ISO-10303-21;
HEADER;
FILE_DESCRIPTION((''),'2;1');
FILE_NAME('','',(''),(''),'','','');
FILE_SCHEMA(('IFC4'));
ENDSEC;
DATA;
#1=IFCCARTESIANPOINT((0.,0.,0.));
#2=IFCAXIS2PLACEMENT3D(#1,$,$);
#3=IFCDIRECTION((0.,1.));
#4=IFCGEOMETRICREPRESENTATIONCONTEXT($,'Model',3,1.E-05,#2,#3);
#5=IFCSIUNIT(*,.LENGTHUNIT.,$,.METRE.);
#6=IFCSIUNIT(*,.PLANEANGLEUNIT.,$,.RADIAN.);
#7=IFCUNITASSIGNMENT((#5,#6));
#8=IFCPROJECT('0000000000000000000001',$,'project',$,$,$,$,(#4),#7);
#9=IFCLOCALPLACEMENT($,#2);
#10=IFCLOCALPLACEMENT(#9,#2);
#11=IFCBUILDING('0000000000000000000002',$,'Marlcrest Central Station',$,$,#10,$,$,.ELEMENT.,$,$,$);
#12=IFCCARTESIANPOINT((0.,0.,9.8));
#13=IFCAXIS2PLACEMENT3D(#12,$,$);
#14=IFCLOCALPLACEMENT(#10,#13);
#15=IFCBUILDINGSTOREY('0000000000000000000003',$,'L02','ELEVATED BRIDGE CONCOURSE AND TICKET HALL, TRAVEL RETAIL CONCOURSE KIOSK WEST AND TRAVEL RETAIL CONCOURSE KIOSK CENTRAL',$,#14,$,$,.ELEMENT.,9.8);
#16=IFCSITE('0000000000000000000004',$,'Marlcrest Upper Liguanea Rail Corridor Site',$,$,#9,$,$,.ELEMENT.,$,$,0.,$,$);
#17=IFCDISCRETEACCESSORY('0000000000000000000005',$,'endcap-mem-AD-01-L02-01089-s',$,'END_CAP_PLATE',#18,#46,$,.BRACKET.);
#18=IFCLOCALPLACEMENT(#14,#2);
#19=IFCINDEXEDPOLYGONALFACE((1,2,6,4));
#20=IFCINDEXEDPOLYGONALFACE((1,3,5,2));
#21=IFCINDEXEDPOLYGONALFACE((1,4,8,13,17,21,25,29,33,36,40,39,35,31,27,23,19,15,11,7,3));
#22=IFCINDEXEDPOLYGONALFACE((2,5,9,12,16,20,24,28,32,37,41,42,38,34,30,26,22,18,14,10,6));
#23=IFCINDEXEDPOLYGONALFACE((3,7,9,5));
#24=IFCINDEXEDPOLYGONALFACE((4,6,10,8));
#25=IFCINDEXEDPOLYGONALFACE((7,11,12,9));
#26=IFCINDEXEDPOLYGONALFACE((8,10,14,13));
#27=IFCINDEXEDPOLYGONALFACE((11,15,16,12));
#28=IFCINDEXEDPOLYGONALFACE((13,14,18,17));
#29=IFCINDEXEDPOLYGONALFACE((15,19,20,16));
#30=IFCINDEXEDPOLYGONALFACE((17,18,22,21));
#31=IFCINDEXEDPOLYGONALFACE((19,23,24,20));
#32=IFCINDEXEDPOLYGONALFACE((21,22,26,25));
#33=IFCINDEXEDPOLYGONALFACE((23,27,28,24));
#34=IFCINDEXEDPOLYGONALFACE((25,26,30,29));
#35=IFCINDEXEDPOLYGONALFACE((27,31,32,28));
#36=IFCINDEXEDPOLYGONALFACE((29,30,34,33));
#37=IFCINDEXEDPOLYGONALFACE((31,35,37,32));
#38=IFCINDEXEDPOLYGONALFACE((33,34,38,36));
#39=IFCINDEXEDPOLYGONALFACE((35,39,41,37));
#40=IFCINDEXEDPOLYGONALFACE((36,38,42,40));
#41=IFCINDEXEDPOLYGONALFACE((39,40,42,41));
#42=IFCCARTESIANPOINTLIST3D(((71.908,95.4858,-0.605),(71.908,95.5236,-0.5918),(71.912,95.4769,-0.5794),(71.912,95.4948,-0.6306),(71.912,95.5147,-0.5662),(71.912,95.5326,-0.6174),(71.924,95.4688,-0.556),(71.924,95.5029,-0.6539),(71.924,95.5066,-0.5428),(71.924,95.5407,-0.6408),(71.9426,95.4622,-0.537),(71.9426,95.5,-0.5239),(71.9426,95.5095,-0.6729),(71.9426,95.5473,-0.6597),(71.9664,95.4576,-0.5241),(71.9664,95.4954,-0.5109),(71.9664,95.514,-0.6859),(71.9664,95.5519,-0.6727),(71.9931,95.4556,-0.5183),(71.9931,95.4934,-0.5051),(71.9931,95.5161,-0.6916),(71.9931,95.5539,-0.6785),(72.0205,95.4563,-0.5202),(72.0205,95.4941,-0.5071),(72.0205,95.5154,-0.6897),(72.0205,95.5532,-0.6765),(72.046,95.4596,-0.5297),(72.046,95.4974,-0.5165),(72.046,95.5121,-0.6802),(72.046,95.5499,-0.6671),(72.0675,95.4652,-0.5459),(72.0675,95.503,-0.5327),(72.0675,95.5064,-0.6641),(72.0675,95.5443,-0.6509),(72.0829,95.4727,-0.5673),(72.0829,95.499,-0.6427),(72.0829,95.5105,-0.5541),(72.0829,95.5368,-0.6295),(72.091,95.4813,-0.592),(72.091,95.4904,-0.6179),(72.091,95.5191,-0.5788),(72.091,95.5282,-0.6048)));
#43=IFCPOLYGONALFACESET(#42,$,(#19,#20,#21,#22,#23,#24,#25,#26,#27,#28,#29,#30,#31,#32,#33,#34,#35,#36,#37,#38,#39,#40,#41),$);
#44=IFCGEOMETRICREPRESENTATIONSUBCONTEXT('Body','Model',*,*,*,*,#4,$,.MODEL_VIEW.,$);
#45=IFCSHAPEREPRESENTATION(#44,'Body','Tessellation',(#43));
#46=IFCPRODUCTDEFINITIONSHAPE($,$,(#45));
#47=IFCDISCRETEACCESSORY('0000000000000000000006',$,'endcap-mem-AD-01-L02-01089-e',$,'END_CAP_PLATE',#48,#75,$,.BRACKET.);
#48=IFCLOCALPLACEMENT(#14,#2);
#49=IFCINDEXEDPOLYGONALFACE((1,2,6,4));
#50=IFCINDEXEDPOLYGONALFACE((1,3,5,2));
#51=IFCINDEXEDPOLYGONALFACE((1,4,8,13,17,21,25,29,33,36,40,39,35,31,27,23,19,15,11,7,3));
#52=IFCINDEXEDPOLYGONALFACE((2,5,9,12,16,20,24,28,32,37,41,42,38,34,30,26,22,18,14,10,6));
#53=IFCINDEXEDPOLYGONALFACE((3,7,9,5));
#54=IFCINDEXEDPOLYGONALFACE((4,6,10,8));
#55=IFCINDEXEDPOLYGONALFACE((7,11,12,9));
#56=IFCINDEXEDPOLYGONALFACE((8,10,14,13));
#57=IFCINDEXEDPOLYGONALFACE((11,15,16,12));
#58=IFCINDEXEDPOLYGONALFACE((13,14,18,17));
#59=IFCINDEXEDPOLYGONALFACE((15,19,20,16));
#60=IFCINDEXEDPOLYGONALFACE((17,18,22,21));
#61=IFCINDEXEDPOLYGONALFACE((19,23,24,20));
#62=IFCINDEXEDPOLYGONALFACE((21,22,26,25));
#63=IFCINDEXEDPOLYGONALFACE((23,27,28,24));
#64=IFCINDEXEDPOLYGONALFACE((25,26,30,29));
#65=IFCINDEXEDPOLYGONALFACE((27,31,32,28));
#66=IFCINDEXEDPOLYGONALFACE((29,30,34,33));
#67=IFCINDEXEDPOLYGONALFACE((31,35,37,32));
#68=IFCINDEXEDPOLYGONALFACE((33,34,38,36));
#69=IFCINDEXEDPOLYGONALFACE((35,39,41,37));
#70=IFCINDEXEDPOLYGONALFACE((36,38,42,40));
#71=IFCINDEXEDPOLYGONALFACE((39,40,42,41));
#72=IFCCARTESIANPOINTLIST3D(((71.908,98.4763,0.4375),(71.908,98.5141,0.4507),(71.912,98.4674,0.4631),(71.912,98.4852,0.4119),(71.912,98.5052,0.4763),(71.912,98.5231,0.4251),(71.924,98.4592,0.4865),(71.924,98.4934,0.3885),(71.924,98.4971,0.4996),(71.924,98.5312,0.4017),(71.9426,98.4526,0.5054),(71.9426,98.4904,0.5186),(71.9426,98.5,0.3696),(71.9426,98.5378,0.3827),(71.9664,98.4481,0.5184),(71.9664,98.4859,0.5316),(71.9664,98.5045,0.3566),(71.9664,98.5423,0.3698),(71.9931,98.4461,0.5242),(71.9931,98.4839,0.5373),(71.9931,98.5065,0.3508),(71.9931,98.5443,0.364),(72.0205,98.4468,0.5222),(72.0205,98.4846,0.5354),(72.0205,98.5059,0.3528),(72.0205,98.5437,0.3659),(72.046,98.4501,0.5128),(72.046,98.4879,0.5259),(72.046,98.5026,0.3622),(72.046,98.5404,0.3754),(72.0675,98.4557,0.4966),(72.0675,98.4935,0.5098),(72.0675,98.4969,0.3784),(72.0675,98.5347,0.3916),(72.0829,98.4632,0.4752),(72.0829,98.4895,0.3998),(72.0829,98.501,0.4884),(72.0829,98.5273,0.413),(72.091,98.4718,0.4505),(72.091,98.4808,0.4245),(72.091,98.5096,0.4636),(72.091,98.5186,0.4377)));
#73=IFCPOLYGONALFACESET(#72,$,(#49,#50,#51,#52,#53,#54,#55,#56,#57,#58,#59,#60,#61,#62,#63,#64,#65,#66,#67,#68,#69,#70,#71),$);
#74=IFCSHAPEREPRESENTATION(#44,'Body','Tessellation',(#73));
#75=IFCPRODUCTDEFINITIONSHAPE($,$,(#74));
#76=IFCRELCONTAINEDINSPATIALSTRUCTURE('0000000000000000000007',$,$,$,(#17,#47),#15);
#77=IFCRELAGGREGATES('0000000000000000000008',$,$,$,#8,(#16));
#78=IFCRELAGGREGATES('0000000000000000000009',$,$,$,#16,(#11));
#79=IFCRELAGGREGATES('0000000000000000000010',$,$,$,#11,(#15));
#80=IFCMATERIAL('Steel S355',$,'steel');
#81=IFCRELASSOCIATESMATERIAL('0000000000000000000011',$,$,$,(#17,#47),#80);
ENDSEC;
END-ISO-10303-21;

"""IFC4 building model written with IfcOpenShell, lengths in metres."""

from ifc_helpers import new_model, si_unit, direction, frame, origin, origin_2d, place, context, subcontext, project, spatial, circle, extrude, material, element, save


model = new_model("IFC4")

# Units and contexts
model_context = context("Model", 3, precision=1e-05, world=origin(), true_north=direction((0.0, 1.0)))
body_context = subcontext(model_context, "Body", "Model", "MODEL_VIEW")
ifc_project = project(units=[si_unit("LENGTHUNIT", "METRE"), si_unit("PLANEANGLEUNIT", "RADIAN")], contexts=[model_context])

# Site, building, storey
site_placement = place(None, origin())
site = spatial("IfcSite", under=ifc_project, at=site_placement, Name="Marlcrest Upper Liguanea Rail Corridor Site", CompositionType="ELEMENT", RefElevation=0.0)
building_placement = place(site_placement, origin())
building = spatial("IfcBuilding", under=site, at=building_placement, Name="Marlcrest Central Station", CompositionType="ELEMENT")
storey_placement = place(building_placement, frame((0.0, 0.0, 9.8)))
storey = spatial("IfcBuildingStorey", under=building, at=storey_placement, Name="L02", Description="ELEVATED BRIDGE CONCOURSE AND TICKET HALL, TRAVEL RETAIL CONCOURSE KIOSK WEST AND TRAVEL RETAIL CONCOURSE KIOSK CENTRAL", CompositionType="ELEMENT", Elevation=9.8)

# Shared definitions
ifc_material_1 = material(Name="Steel S355", Category="steel")

# Discrete accessories
for number, where, z_axis, x_axis, name in (
    (1, (72.0, 95.4858, -0.605), (0.0, 0.94426, 0.3292), (-1.0, 0.0, 0.0), "endcap-mem-AD-01-L02-01089-s"),
    (2, (72.0, 98.4763, 0.4375), (0.0, 0.94426, 0.3292), (-1.0, 0.0, 0.0), "endcap-mem-AD-01-L02-01089-e"),
):
    element("IfcDiscreteAccessory", number, at=place(storey_placement, frame(where, z_axis=z_axis, x_axis=x_axis)), inside=storey, material=ifc_material_1, Name=name, ObjectType="END_CAP_PLATE", PredefinedType="BRACKET", context=body_context, shape_type="SweptSolid", body=[
        extrude(circle(Radius=0.092, at=origin_2d()), origin(), (0.0, 0.0, 1.0), 0.04),
    ])

save(model, "model.ifc")
